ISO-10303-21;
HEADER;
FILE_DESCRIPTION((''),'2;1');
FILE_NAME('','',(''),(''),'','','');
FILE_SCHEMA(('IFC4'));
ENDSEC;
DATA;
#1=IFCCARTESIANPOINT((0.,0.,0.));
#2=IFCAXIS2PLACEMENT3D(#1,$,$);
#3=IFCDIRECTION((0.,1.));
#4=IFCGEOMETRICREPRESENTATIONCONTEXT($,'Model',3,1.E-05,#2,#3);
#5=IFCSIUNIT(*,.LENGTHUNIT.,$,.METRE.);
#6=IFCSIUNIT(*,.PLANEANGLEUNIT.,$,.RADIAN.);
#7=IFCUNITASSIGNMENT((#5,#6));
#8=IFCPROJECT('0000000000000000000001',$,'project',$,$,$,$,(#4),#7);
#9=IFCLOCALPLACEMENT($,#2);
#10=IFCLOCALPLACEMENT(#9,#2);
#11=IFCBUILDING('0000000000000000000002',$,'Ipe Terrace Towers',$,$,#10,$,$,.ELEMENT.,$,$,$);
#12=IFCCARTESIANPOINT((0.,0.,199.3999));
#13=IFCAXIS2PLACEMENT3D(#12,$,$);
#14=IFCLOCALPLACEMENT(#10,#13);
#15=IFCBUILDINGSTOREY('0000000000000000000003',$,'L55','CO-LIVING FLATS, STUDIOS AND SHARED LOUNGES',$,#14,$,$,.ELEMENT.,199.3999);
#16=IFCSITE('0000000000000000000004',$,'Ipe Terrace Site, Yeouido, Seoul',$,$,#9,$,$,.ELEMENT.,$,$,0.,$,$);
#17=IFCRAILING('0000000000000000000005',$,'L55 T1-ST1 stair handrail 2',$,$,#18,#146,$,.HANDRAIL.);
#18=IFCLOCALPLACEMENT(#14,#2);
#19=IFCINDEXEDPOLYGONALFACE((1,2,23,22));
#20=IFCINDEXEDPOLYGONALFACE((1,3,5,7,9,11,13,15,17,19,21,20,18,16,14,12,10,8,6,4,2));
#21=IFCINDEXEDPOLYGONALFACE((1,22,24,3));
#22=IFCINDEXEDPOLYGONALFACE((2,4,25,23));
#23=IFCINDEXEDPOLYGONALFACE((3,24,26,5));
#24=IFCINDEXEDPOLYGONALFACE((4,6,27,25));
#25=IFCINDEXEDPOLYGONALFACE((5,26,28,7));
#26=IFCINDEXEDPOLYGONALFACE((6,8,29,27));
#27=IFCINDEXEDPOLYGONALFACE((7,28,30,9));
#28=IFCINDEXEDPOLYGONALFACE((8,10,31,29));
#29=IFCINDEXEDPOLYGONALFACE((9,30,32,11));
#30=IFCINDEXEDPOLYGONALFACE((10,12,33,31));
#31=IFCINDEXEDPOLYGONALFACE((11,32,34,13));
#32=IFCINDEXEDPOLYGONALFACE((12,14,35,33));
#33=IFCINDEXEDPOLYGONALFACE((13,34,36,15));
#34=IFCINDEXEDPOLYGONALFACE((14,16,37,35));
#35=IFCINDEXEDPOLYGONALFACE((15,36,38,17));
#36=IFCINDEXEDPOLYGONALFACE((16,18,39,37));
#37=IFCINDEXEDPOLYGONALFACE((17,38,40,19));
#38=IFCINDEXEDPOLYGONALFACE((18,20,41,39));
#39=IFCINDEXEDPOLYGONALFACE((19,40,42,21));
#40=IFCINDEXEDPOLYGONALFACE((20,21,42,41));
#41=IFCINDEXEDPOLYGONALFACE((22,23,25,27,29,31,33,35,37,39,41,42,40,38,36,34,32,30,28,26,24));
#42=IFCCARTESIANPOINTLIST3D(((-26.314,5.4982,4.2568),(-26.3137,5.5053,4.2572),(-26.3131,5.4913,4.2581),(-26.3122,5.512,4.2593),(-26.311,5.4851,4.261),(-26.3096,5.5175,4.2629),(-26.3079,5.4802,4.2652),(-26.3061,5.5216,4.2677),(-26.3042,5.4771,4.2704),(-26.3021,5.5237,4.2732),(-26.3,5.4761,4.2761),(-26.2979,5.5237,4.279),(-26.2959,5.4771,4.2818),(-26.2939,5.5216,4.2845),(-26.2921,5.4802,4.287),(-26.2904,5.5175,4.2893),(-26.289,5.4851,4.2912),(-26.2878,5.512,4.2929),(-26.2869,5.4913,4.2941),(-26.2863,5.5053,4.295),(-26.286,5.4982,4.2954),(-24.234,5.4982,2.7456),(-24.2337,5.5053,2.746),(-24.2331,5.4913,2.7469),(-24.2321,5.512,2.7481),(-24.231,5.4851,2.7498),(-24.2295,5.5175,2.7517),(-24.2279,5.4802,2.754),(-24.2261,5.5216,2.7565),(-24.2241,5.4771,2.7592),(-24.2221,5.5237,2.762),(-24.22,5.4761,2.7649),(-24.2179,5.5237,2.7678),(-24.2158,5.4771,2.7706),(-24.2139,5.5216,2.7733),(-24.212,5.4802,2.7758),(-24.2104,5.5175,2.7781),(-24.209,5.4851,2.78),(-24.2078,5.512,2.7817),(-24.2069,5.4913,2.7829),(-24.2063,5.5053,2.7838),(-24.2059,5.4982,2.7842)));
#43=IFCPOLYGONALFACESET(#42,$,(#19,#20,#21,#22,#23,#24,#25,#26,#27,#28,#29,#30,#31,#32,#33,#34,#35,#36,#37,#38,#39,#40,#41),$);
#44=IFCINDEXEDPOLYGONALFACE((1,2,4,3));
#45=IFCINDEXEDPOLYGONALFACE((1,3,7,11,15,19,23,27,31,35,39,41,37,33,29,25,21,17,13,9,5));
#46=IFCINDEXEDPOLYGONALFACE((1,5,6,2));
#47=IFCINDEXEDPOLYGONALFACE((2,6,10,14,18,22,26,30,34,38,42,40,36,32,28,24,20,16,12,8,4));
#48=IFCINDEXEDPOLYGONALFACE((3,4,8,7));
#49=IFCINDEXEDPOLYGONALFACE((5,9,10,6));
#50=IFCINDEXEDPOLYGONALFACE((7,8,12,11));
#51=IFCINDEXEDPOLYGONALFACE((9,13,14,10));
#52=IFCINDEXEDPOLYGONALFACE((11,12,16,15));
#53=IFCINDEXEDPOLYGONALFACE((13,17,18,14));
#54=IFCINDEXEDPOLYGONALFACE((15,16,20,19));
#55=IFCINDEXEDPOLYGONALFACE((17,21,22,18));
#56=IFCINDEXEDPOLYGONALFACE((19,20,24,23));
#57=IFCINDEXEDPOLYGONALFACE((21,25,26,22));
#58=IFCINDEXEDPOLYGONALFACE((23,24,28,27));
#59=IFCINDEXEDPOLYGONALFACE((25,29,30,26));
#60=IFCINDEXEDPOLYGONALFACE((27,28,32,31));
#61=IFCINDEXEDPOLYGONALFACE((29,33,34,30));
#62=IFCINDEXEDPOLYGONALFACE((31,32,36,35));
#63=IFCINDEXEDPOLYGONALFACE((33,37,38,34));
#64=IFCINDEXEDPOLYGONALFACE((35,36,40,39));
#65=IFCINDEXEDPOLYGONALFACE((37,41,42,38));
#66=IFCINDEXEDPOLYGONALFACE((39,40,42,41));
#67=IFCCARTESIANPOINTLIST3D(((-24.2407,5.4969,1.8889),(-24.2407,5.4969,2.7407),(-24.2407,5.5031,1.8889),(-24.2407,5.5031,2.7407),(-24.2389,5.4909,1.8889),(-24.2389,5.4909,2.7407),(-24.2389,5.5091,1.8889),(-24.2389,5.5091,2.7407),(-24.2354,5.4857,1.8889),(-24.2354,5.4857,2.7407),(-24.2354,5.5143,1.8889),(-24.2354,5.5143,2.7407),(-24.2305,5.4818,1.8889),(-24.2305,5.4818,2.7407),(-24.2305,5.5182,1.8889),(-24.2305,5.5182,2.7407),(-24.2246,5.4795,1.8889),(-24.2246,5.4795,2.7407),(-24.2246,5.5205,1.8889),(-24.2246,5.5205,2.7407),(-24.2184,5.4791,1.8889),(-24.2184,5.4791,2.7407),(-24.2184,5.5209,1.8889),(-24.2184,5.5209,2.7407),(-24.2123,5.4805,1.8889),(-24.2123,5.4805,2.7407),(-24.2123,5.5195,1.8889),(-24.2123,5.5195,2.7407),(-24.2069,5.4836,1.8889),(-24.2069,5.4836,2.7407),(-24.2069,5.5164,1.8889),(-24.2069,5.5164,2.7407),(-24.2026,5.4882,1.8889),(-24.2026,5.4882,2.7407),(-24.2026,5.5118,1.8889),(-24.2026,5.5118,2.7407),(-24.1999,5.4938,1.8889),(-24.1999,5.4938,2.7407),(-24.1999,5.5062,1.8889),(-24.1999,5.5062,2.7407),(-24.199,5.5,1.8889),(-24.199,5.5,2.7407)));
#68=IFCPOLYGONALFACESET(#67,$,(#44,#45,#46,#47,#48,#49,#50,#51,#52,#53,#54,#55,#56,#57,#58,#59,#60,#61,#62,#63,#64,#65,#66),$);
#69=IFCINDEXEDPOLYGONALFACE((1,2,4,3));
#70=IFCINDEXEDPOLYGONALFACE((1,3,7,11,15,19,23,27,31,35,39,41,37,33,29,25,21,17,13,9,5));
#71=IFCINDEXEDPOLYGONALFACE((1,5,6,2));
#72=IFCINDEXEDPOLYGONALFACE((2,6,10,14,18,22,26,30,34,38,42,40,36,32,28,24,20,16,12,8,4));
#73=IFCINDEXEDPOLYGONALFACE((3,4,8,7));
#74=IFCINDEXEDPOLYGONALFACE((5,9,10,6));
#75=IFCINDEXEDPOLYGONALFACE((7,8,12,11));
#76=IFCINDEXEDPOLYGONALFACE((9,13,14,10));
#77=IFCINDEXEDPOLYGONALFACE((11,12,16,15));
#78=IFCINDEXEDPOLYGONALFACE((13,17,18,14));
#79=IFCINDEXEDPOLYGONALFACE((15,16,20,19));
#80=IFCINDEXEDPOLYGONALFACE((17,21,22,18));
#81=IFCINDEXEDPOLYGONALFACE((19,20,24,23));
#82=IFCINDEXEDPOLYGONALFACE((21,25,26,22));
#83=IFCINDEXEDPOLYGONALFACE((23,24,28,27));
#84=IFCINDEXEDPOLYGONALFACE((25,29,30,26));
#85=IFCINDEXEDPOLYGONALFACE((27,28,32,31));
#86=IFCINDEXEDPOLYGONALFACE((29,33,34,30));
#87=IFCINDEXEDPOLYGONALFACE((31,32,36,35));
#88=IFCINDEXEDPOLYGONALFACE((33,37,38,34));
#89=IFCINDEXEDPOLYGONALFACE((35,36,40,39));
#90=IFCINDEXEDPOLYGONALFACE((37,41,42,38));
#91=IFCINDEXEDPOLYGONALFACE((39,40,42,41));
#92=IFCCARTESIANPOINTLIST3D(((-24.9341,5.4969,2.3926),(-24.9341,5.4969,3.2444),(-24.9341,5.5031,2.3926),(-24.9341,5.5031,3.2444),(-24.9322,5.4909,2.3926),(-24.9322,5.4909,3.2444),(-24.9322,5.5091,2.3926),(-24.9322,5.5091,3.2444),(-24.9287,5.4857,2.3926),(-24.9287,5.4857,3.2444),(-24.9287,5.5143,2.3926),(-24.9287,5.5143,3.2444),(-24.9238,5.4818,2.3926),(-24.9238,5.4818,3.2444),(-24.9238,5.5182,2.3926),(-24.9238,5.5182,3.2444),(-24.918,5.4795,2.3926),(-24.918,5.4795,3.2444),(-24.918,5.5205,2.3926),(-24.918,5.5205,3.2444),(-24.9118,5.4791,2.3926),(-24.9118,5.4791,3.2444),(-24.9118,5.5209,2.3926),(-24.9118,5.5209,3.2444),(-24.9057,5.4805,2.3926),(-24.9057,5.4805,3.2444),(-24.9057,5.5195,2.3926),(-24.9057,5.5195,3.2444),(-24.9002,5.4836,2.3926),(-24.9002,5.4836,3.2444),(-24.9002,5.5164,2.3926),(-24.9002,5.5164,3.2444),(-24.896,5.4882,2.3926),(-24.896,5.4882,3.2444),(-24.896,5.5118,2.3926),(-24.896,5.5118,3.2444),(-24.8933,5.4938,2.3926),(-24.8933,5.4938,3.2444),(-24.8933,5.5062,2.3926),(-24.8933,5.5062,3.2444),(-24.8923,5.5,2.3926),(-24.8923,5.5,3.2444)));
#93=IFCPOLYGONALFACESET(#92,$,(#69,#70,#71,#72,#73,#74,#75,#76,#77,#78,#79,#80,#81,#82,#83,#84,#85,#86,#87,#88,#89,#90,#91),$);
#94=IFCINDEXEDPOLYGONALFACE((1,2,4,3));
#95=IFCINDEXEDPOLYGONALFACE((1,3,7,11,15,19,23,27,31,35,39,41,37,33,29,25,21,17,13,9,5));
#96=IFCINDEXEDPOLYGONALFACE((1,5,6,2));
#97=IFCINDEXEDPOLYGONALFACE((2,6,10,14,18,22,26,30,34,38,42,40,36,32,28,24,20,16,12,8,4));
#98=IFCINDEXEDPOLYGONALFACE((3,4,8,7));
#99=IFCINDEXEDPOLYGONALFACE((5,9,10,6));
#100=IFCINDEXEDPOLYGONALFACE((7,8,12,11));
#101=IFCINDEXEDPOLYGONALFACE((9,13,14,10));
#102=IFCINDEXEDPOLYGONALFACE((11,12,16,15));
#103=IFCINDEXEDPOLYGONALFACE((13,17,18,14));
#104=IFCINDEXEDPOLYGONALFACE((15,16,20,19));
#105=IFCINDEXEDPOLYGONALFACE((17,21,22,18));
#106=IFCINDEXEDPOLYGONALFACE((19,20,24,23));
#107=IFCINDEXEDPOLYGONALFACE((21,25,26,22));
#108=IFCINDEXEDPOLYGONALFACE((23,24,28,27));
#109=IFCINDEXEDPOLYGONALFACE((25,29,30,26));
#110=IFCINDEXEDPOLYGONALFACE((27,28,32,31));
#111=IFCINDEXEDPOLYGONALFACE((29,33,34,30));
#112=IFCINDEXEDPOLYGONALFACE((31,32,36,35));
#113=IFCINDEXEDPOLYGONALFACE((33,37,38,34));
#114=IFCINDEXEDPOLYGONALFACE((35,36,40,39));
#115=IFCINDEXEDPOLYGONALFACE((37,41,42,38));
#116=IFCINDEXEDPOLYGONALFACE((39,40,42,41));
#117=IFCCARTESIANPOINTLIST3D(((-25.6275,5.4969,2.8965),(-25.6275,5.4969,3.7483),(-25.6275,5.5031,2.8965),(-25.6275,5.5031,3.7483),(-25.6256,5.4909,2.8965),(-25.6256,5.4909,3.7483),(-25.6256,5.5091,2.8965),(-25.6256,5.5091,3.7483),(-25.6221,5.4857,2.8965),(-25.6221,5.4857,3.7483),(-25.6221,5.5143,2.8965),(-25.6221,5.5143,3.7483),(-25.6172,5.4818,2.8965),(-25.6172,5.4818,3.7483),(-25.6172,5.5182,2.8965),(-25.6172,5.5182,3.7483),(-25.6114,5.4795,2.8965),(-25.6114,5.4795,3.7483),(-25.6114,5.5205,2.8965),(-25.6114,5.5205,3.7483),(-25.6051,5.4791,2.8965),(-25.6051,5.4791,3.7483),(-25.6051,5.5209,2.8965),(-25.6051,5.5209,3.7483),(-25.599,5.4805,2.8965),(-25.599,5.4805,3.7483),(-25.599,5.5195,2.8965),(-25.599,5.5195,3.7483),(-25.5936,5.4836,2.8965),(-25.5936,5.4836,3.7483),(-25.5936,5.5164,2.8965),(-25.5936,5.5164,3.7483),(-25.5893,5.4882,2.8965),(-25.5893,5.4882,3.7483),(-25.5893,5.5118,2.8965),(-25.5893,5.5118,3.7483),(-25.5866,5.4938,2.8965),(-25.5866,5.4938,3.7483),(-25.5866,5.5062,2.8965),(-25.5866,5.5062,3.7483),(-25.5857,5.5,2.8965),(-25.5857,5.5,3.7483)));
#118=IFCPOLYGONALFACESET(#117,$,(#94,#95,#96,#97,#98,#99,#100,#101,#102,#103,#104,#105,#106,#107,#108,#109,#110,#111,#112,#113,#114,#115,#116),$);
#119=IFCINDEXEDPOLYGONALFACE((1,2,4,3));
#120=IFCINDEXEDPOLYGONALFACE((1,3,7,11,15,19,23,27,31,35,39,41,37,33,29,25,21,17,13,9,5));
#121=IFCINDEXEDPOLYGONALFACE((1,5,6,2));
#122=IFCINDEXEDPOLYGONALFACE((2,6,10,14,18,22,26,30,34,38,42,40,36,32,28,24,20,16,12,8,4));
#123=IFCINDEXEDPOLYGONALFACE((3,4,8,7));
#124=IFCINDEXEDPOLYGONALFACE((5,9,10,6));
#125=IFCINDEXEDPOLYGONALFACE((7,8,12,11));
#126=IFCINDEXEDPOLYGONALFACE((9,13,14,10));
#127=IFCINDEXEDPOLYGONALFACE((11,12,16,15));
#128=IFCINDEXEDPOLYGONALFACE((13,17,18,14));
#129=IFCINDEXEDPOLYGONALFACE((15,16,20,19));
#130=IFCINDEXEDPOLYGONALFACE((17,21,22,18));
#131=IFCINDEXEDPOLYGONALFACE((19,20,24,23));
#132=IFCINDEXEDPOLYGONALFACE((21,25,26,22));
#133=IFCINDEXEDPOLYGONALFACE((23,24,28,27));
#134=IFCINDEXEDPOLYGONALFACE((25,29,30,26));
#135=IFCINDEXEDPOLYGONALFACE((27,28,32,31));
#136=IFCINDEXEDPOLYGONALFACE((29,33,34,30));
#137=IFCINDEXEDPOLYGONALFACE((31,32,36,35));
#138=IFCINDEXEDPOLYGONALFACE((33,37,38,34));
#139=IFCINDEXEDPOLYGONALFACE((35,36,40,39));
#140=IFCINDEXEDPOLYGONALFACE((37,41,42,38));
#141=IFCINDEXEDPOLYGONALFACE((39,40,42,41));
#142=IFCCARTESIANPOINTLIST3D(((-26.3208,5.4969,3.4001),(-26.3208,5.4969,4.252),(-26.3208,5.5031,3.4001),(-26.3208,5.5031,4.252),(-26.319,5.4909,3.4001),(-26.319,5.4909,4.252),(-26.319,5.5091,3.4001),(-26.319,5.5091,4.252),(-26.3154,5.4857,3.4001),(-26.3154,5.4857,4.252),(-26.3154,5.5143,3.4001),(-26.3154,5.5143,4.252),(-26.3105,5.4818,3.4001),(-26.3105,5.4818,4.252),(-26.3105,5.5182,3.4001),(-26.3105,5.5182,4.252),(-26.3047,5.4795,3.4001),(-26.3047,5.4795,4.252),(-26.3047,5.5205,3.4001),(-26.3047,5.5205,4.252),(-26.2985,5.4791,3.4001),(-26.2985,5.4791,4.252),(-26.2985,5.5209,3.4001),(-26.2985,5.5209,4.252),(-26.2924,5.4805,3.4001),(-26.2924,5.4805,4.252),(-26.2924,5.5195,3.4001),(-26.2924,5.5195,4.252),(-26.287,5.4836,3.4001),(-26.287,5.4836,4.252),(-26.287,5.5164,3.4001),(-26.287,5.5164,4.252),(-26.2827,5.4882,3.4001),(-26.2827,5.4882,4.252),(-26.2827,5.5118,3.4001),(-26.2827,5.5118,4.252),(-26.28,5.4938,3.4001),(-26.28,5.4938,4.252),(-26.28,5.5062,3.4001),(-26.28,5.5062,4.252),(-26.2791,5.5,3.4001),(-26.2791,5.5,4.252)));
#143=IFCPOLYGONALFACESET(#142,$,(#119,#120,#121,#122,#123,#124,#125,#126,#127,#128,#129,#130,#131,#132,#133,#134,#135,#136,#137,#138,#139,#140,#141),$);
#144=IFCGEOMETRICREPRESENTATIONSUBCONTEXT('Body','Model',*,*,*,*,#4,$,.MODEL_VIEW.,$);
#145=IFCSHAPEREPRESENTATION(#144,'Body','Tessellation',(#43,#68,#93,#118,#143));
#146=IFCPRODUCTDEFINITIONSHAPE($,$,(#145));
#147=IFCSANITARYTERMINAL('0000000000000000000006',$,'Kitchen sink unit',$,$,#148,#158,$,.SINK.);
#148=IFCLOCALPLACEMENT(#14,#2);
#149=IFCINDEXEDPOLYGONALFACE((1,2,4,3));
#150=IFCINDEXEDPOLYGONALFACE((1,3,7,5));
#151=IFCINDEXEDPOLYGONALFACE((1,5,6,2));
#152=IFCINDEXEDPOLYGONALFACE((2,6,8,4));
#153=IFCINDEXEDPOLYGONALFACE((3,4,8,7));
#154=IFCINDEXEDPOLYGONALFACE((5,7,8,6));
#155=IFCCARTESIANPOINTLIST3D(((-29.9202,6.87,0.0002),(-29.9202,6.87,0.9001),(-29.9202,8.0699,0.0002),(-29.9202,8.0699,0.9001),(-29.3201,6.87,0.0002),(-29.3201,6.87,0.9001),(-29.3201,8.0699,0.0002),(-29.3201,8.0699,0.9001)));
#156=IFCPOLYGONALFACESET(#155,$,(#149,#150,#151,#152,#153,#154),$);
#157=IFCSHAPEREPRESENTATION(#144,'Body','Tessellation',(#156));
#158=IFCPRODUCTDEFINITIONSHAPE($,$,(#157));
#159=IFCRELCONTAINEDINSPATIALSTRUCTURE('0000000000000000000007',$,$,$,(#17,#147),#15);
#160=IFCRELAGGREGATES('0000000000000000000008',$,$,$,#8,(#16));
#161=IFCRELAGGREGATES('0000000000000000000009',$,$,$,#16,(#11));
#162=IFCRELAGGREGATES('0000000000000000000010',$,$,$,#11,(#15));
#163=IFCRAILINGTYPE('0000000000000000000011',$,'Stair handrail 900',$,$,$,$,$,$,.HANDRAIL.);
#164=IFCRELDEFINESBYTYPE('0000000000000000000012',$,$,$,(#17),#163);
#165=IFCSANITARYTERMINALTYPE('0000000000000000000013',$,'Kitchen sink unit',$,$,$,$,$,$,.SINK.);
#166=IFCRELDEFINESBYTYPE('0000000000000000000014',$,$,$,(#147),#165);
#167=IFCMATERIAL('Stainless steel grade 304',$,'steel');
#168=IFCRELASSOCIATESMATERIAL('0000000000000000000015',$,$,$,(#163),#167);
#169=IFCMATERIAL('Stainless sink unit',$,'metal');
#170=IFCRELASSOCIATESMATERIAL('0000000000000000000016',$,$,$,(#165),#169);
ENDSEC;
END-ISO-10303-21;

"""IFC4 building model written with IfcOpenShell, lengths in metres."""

from ifc_helpers import new_model, si_unit, direction, frame, origin, origin_2d, place, context, subcontext, project, spatial, rectangle, circle, extrude, material, type_object, element, save


model = new_model("IFC4")

# Units and contexts
model_context = context("Model", 3, precision=1e-05, world=origin(), true_north=direction((0.0, 1.0)))
body_context = subcontext(model_context, "Body", "Model", "MODEL_VIEW")
ifc_project = project(units=[si_unit("LENGTHUNIT", "METRE"), si_unit("PLANEANGLEUNIT", "RADIAN")], contexts=[model_context])

# Site, building, storey
site_placement = place(None, origin())
site = spatial("IfcSite", under=ifc_project, at=site_placement, Name="Ipe Terrace Site, Yeouido, Seoul", CompositionType="ELEMENT", RefElevation=0.0)
building_placement = place(site_placement, origin())
building = spatial("IfcBuilding", under=site, at=building_placement, Name="Ipe Terrace Towers", CompositionType="ELEMENT")
storey_placement = place(building_placement, frame((0.0, 0.0, 199.3999)))
storey = spatial("IfcBuildingStorey", under=building, at=storey_placement, Name="L55", Description="CO-LIVING FLATS, STUDIOS AND SHARED LOUNGES", CompositionType="ELEMENT", Elevation=199.3999)

# Railing
ifc_material_1 = material(Name="Stainless steel grade 304", Category="steel")
railing_type_1 = type_object("IfcRailingType", Name="Stair handrail 900", PredefinedType="HANDRAIL", material=ifc_material_1)
railing_1_placement = place(storey_placement, frame((-24.22, 5.5, 1.8889)))
element("IfcRailing", 1, at=railing_1_placement, inside=storey, type_object=railing_type_1, Name="L55 T1-ST1 stair handrail 2", PredefinedType="HANDRAIL", context=body_context, shape_type="SweptSolid", body=[
    extrude(circle(Radius=0.0239, at=origin_2d()), frame((0.0, 0.0, 0.876), z_axis=(-0.809023, 0.0, 0.587776), x_axis=(0.0, -1.0, 0.0)), (0.0, 0.0, 1.0), 2.571),
    extrude(circle(Radius=0.021, at=origin_2d()), origin(), (0.0, 0.0, 1.0), 0.8518),
    extrude(circle(Radius=0.021, at=origin_2d()), frame((-0.6934, 0.0, 0.5037)), (0.0, 0.0, 1.0), 0.8518),
    extrude(circle(Radius=0.021, at=origin_2d()), frame((-1.3867, 0.0, 1.0076)), (0.0, 0.0, 1.0), 0.8518),
    extrude(circle(Radius=0.021, at=origin_2d()), frame((-2.0801, 0.0, 1.5112)), (0.0, 0.0, 1.0), 0.8518),
])

# Sanitary terminal
ifc_material_2 = material(Name="Stainless sink unit", Category="metal")
sanitary_terminal_type = type_object("IfcSanitaryTerminalType", Name="Kitchen sink unit", PredefinedType="SINK", material=ifc_material_2)
sanitary_terminal_placement = place(storey_placement, frame((-29.6201, 7.47, 0.0002), z_axis=(0.0, 0.0, 1.0), x_axis=(0.0, -1.0, 0.0)))
element("IfcSanitaryTerminal", 2, at=sanitary_terminal_placement, inside=storey, type_object=sanitary_terminal_type, Name="Kitchen sink unit", PredefinedType="SINK", context=body_context, shape_type="SweptSolid", body=[
    extrude(rectangle(XDim=1.2, YDim=0.6001, at=origin_2d()), origin(), (0.0, 0.0, 1.0), 0.8999),
])

save(model, "model.ifc")
